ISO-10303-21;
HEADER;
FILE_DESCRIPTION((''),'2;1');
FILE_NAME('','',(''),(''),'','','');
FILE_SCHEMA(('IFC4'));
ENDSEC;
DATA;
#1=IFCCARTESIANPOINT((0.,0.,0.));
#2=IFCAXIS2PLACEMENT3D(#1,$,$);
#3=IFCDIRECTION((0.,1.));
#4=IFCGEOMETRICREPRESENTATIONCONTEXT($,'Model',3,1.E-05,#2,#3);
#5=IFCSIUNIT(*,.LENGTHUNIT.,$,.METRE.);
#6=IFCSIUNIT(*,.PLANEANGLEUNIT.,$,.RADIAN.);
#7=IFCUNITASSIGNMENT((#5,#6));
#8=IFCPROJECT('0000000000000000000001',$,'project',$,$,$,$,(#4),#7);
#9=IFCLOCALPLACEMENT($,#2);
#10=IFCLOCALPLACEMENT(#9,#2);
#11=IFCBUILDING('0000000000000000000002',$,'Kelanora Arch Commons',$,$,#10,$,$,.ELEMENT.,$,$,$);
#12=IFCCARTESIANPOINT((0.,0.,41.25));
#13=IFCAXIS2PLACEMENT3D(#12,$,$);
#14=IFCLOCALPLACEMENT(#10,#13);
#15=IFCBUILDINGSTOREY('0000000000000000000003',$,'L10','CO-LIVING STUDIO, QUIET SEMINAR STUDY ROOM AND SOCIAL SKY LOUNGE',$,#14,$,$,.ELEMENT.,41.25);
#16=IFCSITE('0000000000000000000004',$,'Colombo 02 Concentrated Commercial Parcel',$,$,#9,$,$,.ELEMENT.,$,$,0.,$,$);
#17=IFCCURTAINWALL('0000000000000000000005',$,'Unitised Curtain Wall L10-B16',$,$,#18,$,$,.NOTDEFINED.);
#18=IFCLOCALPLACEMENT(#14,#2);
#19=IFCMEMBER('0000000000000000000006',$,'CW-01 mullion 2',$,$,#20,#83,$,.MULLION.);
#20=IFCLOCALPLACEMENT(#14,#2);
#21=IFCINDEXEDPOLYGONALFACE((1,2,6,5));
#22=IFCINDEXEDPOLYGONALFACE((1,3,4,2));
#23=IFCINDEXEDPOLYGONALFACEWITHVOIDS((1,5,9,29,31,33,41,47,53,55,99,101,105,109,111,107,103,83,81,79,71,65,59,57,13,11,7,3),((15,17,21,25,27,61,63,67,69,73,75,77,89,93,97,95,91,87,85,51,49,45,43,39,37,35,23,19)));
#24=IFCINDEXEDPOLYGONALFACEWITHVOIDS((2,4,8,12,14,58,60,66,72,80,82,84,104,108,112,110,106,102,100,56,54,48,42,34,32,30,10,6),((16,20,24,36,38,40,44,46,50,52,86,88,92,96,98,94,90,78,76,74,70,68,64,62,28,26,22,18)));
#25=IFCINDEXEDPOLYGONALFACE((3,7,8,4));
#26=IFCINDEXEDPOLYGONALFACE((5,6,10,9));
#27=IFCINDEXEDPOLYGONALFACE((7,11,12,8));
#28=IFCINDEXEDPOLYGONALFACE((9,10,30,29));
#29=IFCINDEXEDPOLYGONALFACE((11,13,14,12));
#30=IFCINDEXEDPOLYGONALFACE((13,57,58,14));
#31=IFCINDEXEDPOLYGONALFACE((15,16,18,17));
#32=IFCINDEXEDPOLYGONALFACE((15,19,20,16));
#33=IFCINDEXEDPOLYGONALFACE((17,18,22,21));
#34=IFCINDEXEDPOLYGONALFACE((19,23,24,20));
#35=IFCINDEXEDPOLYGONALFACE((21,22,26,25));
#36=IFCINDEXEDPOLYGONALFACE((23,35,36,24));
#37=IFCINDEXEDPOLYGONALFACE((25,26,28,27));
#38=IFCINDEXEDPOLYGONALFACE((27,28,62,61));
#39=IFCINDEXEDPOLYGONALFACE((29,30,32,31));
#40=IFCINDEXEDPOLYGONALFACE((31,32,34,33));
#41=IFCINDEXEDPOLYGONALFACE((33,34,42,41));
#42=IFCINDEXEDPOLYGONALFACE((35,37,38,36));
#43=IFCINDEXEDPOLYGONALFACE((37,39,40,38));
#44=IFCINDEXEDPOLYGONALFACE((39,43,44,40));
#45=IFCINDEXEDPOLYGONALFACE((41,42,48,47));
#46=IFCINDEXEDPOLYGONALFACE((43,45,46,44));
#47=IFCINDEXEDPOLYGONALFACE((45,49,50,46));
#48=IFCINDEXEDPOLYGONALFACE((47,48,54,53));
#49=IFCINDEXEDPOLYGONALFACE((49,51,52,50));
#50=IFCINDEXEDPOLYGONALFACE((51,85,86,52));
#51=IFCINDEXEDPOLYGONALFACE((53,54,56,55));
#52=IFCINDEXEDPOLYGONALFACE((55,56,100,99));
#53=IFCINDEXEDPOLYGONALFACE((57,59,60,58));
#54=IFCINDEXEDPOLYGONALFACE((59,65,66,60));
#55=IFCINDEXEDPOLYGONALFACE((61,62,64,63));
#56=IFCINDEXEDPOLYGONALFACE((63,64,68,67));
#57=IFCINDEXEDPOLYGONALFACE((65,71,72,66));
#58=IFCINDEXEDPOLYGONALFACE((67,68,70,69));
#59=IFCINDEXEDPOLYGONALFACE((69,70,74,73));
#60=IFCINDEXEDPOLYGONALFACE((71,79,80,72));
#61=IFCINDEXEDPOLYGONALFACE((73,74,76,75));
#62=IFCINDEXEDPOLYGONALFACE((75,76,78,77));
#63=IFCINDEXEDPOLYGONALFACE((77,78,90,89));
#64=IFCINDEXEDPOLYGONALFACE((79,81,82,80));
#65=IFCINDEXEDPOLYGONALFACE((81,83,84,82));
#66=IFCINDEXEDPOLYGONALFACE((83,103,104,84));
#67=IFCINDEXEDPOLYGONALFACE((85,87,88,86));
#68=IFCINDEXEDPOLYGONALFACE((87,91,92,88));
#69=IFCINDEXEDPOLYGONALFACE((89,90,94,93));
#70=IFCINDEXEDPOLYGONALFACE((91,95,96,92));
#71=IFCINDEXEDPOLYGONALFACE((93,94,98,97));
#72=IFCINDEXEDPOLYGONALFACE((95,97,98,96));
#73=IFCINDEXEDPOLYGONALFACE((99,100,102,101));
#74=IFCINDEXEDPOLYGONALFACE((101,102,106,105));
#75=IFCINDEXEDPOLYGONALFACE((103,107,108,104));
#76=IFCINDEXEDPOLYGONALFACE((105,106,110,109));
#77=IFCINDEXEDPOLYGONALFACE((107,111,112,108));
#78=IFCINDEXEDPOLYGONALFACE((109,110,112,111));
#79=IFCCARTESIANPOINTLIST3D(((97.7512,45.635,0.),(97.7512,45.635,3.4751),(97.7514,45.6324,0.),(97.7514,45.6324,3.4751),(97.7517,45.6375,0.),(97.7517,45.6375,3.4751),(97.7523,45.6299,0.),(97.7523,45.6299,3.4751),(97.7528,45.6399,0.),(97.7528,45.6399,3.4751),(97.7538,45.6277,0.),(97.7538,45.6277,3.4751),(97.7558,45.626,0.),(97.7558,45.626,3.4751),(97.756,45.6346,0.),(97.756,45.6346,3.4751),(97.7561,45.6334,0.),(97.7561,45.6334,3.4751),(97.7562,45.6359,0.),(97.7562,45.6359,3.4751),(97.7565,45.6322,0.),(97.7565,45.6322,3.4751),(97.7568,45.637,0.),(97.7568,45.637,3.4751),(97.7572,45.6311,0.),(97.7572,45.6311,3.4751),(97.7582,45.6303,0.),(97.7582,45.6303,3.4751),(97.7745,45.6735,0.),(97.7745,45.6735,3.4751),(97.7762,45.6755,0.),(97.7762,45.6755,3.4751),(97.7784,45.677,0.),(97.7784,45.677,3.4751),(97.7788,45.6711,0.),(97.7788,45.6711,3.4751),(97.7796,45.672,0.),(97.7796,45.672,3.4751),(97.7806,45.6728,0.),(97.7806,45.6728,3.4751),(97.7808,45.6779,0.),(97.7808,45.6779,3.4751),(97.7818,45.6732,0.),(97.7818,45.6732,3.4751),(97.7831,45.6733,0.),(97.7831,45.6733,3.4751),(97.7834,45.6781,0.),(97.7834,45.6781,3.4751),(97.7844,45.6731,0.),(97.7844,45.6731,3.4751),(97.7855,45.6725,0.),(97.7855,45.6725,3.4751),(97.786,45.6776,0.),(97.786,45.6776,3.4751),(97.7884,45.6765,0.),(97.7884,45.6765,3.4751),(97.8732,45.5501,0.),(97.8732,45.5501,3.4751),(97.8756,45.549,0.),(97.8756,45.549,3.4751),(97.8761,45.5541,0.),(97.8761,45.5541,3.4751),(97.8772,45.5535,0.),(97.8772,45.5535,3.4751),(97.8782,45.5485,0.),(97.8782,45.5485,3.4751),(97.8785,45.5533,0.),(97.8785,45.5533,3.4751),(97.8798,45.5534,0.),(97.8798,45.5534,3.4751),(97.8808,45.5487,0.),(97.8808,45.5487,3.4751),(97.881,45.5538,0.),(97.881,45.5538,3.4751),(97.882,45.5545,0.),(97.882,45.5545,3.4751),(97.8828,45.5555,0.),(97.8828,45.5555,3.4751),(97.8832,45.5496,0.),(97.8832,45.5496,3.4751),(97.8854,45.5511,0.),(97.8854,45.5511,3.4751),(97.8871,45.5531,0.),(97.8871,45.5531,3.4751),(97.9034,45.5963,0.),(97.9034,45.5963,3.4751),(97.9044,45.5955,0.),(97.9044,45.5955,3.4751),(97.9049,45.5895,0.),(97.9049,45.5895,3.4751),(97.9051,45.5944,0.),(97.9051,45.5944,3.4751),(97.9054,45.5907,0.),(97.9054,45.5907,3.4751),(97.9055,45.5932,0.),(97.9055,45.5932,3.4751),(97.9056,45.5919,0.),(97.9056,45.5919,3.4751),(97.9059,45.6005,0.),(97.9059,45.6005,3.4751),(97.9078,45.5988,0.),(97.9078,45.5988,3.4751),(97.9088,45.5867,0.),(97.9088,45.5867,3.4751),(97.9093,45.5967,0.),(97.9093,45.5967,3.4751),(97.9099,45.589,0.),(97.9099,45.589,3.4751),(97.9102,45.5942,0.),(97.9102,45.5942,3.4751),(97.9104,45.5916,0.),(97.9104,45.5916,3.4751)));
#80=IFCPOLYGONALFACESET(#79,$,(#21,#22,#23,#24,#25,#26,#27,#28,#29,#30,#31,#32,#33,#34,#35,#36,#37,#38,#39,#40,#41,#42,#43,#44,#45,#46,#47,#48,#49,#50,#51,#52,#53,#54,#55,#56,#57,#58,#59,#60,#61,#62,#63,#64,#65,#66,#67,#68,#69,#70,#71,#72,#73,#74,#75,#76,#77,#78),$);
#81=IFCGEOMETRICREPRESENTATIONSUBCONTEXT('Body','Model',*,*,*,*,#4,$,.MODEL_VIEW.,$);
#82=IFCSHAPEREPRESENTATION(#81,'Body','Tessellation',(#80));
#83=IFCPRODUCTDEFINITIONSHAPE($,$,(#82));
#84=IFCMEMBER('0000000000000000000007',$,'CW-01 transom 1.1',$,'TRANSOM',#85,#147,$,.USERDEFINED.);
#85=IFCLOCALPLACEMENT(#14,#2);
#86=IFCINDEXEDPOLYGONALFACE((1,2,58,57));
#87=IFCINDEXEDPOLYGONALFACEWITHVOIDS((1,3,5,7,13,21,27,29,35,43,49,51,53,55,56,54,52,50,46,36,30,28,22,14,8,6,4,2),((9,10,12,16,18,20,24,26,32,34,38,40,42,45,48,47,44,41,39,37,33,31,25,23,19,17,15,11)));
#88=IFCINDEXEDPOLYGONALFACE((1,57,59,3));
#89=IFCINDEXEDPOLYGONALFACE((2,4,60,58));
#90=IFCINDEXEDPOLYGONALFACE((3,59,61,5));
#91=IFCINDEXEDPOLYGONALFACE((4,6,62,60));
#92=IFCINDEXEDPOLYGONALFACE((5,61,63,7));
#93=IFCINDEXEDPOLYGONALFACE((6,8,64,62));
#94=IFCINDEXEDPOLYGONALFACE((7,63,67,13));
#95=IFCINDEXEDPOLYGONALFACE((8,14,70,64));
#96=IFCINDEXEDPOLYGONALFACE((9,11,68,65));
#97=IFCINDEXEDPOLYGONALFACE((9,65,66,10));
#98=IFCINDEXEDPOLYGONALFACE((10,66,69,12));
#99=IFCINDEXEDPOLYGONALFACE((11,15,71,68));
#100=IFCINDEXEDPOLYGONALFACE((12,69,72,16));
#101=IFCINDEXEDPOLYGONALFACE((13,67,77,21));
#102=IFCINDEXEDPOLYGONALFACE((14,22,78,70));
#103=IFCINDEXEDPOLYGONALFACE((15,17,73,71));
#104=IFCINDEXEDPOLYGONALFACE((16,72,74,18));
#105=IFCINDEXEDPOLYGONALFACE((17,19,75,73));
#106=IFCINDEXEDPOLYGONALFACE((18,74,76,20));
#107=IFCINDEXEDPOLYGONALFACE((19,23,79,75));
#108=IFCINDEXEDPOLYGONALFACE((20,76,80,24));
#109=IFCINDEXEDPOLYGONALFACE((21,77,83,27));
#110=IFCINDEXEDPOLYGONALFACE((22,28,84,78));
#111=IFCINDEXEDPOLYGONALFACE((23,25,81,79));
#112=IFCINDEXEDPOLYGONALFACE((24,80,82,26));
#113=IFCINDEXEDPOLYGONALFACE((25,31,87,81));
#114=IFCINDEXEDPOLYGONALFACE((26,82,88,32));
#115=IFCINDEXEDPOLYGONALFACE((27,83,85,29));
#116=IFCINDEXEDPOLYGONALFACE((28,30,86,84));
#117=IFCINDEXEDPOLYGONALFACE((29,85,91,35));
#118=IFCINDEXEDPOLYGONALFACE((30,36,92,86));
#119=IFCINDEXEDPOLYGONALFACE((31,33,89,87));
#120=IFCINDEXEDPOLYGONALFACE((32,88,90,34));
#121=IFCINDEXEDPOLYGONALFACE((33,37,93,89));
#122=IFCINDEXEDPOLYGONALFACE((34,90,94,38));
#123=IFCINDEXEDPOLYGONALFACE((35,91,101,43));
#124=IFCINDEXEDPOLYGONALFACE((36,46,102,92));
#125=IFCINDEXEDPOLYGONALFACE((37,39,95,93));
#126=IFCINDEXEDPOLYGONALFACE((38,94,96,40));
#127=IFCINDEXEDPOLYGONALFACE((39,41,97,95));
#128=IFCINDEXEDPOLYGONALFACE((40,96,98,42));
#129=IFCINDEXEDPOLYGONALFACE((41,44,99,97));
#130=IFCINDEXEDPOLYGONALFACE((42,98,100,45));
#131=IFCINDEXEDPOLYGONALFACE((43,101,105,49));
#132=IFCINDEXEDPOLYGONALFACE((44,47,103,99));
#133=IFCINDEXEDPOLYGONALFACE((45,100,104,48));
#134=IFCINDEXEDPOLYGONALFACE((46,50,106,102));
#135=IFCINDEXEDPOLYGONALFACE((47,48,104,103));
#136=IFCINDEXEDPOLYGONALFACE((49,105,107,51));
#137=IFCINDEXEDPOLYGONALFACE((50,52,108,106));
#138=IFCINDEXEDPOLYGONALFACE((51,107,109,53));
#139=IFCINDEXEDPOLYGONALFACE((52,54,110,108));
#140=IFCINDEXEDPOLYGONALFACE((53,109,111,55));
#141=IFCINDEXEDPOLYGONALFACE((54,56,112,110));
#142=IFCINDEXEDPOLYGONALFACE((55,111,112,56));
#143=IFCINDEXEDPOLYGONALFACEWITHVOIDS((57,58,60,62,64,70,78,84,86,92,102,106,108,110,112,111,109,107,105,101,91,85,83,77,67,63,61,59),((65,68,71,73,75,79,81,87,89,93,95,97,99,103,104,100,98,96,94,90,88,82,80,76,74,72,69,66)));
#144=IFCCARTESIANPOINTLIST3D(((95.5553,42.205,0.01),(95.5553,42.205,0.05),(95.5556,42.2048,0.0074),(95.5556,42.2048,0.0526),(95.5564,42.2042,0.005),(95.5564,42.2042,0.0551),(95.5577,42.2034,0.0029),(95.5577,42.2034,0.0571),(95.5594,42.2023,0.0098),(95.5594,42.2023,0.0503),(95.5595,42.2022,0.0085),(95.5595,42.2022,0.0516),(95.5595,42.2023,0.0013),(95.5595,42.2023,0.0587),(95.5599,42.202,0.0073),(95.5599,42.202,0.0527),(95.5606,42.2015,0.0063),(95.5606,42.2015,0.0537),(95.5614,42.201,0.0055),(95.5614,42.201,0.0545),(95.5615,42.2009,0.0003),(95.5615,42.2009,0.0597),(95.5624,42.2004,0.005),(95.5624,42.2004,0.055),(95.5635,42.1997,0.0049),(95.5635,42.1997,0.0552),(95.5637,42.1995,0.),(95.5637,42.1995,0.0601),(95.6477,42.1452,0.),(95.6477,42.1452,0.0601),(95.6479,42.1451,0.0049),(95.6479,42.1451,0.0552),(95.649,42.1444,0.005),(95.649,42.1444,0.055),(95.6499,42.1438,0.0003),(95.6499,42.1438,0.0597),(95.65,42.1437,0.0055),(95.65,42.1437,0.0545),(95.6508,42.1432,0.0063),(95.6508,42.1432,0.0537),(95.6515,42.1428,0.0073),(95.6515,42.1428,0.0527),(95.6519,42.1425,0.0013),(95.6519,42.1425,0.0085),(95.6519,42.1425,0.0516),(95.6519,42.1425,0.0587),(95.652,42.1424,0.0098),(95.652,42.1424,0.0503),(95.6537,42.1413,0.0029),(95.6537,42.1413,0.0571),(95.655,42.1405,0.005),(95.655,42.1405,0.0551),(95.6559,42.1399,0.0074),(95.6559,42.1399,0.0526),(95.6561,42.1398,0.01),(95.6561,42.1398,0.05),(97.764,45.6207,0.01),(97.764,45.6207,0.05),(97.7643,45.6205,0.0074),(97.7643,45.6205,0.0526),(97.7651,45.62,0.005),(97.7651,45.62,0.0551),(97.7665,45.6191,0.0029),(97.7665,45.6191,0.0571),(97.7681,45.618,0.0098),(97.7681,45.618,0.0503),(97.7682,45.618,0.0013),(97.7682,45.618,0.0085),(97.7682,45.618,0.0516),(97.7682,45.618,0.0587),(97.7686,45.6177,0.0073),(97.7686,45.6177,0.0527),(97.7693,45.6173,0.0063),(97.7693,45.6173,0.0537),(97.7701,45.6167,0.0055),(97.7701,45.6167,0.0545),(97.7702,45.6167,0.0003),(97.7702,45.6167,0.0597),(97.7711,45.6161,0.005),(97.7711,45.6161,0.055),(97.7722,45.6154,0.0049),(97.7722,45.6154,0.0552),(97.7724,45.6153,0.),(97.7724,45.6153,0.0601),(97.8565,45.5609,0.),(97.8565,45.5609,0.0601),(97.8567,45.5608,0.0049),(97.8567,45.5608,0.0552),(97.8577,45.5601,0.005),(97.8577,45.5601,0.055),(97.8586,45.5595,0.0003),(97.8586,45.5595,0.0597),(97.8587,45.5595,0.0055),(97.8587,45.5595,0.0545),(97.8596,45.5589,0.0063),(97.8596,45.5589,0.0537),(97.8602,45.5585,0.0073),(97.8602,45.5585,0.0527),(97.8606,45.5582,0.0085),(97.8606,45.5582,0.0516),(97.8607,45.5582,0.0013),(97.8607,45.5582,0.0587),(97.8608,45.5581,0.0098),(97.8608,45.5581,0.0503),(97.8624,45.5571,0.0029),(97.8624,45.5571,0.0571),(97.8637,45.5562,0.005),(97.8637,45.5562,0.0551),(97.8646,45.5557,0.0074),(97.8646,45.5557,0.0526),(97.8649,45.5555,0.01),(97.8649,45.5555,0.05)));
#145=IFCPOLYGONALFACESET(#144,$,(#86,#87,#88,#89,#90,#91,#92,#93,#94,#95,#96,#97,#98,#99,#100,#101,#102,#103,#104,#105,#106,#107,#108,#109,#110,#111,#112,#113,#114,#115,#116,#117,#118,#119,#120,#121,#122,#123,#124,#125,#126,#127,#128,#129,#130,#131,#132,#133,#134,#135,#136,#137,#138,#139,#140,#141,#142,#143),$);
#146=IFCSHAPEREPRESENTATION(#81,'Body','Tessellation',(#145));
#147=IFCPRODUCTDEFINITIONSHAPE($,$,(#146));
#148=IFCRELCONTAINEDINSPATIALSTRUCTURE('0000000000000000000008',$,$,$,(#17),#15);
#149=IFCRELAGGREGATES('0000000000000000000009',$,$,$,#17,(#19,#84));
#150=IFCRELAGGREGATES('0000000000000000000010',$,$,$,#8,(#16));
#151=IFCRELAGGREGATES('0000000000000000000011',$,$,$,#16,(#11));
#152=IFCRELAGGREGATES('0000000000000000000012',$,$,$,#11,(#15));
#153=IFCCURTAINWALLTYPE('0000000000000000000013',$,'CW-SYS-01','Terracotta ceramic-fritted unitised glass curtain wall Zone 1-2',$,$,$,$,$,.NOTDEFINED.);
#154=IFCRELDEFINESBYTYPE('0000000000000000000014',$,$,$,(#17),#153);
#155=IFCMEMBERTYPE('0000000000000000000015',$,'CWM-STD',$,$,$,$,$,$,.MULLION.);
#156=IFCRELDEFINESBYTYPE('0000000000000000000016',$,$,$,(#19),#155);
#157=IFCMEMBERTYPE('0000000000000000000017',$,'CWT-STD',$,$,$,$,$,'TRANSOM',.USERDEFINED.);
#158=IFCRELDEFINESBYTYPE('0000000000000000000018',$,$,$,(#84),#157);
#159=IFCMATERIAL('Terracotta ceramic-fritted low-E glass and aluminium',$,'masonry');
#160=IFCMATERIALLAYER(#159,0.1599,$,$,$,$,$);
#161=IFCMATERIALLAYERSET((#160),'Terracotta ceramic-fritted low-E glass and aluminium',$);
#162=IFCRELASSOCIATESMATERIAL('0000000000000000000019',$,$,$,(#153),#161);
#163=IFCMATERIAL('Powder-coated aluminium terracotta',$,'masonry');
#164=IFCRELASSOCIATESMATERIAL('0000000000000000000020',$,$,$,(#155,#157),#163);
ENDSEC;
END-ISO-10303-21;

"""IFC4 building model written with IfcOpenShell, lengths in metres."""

from ifc_helpers import new_model, si_unit, direction, frame, origin, origin_2d, place, context, subcontext, project, spatial, hollow_rectangle, extrude, material, layer, layer_set, material_profile, profile_set, type_object, element, aggregate, save


model = new_model("IFC4")

# Units and contexts
model_context = context("Model", 3, precision=1e-05, world=origin(), true_north=direction((0.0, 1.0)))
body_context = subcontext(model_context, "Body", "Model", "MODEL_VIEW")
ifc_project = project(units=[si_unit("LENGTHUNIT", "METRE"), si_unit("PLANEANGLEUNIT", "RADIAN")], contexts=[model_context])

# Site, building, storey
site_placement = place(None, origin())
site = spatial("IfcSite", under=ifc_project, at=site_placement, Name="Colombo 02 Concentrated Commercial Parcel", CompositionType="ELEMENT", RefElevation=0.0)
building_placement = place(site_placement, origin())
building = spatial("IfcBuilding", under=site, at=building_placement, Name="Kelanora Arch Commons", CompositionType="ELEMENT")
storey_placement = place(building_placement, frame((0.0, 0.0, 41.25)))
storey = spatial("IfcBuildingStorey", under=building, at=storey_placement, Name="L10", Description="CO-LIVING STUDIO, QUIET SEMINAR STUDY ROOM AND SOCIAL SKY LOUNGE", CompositionType="ELEMENT", Elevation=41.25)

# Shared definitions
ifc_material_1 = material(Name="Terracotta ceramic-fritted low-E glass and aluminium", Category="masonry")
ifc_layer_1 = layer(ifc_material_1, 0.1599)
ifc_layer_set_1 = layer_set([ifc_layer_1], Name="Terracotta ceramic-fritted low-E glass and aluminium")
curtain_wall_type = type_object("IfcCurtainWallType", Name="CW-SYS-01", Description="Terracotta ceramic-fritted unitised glass curtain wall Zone 1-2", PredefinedType="NOTDEFINED", material=ifc_layer_set_1)
ifc_material_2 = material(Name="Powder-coated aluminium terracotta", Category="masonry")
ifc_material_profile_1 = material_profile(ifc_material_2, hollow_rectangle(XDim=0.1599, YDim=0.0601, WallThickness=0.0049, InnerFilletRadius=0.0049, OuterFilletRadius=0.01, at=origin_2d()), Name="CWM160x60")
ifc_profile_set_1 = profile_set([ifc_material_profile_1], Name="Powder-coated aluminium terracotta")
member_type_1 = type_object("IfcMemberType", Name="CWM-STD", PredefinedType="MULLION", material=ifc_profile_set_1)

# Curtain wall, members
curtain_wall_1_placement = place(storey_placement, origin())
curtain_wall_1 = element("IfcCurtainWall", 1, at=curtain_wall_1_placement, inside=storey, type_object=curtain_wall_type, Name="Unitised Curtain Wall L10-B16", PredefinedType="NOTDEFINED")
member_1_placement = place(storey_placement, frame((97.8308, 45.6133, 0.0), z_axis=(0.0, 0.0, 1.0), x_axis=(-0.83973, 0.543004, 0.0)))
member_1 = element("IfcMember", 2, at=member_1_placement, type_object=member_type_1, Name="CW-01 mullion 2", PredefinedType="MULLION", context=body_context, shape_type="SweptSolid", body=[
    extrude(hollow_rectangle(XDim=0.1599, YDim=0.0601, WallThickness=0.0049, InnerFilletRadius=0.0049, OuterFilletRadius=0.01, at=origin_2d()), origin(), (0.0, 0.0, 1.0), 3.4751),
])
ifc_material_profile_2 = material_profile(ifc_material_2, hollow_rectangle(XDim=0.1201, YDim=0.0601, WallThickness=0.0049, InnerFilletRadius=0.0049, OuterFilletRadius=0.01, at=origin_2d()), Name="CWT120x60")
ifc_profile_set_2 = profile_set([ifc_material_profile_2], Name="Powder-coated aluminium terracotta")
member_type_2 = type_object("IfcMemberType", Name="CWT-STD", ElementType="TRANSOM", PredefinedType="USERDEFINED", material=ifc_profile_set_2)
member_2_placement = place(storey_placement, frame((95.6057, 42.1724, 0.03), z_axis=(0.542997, 0.839734, 0.0), x_axis=(-0.839734, 0.542997, 0.0)))
member_2 = element("IfcMember", 3, at=member_2_placement, type_object=member_type_2, Name="CW-01 transom 1.1", ObjectType="TRANSOM", PredefinedType="USERDEFINED", context=body_context, shape_type="SweptSolid", body=[
    extrude(hollow_rectangle(XDim=0.1201, YDim=0.0601, WallThickness=0.0049, InnerFilletRadius=0.0049, OuterFilletRadius=0.01, at=origin_2d()), origin(), (0.0, 0.0, 1.0), 4.0676),
])
aggregate(curtain_wall_1, [member_1, member_2])

save(model, "model.ifc")
